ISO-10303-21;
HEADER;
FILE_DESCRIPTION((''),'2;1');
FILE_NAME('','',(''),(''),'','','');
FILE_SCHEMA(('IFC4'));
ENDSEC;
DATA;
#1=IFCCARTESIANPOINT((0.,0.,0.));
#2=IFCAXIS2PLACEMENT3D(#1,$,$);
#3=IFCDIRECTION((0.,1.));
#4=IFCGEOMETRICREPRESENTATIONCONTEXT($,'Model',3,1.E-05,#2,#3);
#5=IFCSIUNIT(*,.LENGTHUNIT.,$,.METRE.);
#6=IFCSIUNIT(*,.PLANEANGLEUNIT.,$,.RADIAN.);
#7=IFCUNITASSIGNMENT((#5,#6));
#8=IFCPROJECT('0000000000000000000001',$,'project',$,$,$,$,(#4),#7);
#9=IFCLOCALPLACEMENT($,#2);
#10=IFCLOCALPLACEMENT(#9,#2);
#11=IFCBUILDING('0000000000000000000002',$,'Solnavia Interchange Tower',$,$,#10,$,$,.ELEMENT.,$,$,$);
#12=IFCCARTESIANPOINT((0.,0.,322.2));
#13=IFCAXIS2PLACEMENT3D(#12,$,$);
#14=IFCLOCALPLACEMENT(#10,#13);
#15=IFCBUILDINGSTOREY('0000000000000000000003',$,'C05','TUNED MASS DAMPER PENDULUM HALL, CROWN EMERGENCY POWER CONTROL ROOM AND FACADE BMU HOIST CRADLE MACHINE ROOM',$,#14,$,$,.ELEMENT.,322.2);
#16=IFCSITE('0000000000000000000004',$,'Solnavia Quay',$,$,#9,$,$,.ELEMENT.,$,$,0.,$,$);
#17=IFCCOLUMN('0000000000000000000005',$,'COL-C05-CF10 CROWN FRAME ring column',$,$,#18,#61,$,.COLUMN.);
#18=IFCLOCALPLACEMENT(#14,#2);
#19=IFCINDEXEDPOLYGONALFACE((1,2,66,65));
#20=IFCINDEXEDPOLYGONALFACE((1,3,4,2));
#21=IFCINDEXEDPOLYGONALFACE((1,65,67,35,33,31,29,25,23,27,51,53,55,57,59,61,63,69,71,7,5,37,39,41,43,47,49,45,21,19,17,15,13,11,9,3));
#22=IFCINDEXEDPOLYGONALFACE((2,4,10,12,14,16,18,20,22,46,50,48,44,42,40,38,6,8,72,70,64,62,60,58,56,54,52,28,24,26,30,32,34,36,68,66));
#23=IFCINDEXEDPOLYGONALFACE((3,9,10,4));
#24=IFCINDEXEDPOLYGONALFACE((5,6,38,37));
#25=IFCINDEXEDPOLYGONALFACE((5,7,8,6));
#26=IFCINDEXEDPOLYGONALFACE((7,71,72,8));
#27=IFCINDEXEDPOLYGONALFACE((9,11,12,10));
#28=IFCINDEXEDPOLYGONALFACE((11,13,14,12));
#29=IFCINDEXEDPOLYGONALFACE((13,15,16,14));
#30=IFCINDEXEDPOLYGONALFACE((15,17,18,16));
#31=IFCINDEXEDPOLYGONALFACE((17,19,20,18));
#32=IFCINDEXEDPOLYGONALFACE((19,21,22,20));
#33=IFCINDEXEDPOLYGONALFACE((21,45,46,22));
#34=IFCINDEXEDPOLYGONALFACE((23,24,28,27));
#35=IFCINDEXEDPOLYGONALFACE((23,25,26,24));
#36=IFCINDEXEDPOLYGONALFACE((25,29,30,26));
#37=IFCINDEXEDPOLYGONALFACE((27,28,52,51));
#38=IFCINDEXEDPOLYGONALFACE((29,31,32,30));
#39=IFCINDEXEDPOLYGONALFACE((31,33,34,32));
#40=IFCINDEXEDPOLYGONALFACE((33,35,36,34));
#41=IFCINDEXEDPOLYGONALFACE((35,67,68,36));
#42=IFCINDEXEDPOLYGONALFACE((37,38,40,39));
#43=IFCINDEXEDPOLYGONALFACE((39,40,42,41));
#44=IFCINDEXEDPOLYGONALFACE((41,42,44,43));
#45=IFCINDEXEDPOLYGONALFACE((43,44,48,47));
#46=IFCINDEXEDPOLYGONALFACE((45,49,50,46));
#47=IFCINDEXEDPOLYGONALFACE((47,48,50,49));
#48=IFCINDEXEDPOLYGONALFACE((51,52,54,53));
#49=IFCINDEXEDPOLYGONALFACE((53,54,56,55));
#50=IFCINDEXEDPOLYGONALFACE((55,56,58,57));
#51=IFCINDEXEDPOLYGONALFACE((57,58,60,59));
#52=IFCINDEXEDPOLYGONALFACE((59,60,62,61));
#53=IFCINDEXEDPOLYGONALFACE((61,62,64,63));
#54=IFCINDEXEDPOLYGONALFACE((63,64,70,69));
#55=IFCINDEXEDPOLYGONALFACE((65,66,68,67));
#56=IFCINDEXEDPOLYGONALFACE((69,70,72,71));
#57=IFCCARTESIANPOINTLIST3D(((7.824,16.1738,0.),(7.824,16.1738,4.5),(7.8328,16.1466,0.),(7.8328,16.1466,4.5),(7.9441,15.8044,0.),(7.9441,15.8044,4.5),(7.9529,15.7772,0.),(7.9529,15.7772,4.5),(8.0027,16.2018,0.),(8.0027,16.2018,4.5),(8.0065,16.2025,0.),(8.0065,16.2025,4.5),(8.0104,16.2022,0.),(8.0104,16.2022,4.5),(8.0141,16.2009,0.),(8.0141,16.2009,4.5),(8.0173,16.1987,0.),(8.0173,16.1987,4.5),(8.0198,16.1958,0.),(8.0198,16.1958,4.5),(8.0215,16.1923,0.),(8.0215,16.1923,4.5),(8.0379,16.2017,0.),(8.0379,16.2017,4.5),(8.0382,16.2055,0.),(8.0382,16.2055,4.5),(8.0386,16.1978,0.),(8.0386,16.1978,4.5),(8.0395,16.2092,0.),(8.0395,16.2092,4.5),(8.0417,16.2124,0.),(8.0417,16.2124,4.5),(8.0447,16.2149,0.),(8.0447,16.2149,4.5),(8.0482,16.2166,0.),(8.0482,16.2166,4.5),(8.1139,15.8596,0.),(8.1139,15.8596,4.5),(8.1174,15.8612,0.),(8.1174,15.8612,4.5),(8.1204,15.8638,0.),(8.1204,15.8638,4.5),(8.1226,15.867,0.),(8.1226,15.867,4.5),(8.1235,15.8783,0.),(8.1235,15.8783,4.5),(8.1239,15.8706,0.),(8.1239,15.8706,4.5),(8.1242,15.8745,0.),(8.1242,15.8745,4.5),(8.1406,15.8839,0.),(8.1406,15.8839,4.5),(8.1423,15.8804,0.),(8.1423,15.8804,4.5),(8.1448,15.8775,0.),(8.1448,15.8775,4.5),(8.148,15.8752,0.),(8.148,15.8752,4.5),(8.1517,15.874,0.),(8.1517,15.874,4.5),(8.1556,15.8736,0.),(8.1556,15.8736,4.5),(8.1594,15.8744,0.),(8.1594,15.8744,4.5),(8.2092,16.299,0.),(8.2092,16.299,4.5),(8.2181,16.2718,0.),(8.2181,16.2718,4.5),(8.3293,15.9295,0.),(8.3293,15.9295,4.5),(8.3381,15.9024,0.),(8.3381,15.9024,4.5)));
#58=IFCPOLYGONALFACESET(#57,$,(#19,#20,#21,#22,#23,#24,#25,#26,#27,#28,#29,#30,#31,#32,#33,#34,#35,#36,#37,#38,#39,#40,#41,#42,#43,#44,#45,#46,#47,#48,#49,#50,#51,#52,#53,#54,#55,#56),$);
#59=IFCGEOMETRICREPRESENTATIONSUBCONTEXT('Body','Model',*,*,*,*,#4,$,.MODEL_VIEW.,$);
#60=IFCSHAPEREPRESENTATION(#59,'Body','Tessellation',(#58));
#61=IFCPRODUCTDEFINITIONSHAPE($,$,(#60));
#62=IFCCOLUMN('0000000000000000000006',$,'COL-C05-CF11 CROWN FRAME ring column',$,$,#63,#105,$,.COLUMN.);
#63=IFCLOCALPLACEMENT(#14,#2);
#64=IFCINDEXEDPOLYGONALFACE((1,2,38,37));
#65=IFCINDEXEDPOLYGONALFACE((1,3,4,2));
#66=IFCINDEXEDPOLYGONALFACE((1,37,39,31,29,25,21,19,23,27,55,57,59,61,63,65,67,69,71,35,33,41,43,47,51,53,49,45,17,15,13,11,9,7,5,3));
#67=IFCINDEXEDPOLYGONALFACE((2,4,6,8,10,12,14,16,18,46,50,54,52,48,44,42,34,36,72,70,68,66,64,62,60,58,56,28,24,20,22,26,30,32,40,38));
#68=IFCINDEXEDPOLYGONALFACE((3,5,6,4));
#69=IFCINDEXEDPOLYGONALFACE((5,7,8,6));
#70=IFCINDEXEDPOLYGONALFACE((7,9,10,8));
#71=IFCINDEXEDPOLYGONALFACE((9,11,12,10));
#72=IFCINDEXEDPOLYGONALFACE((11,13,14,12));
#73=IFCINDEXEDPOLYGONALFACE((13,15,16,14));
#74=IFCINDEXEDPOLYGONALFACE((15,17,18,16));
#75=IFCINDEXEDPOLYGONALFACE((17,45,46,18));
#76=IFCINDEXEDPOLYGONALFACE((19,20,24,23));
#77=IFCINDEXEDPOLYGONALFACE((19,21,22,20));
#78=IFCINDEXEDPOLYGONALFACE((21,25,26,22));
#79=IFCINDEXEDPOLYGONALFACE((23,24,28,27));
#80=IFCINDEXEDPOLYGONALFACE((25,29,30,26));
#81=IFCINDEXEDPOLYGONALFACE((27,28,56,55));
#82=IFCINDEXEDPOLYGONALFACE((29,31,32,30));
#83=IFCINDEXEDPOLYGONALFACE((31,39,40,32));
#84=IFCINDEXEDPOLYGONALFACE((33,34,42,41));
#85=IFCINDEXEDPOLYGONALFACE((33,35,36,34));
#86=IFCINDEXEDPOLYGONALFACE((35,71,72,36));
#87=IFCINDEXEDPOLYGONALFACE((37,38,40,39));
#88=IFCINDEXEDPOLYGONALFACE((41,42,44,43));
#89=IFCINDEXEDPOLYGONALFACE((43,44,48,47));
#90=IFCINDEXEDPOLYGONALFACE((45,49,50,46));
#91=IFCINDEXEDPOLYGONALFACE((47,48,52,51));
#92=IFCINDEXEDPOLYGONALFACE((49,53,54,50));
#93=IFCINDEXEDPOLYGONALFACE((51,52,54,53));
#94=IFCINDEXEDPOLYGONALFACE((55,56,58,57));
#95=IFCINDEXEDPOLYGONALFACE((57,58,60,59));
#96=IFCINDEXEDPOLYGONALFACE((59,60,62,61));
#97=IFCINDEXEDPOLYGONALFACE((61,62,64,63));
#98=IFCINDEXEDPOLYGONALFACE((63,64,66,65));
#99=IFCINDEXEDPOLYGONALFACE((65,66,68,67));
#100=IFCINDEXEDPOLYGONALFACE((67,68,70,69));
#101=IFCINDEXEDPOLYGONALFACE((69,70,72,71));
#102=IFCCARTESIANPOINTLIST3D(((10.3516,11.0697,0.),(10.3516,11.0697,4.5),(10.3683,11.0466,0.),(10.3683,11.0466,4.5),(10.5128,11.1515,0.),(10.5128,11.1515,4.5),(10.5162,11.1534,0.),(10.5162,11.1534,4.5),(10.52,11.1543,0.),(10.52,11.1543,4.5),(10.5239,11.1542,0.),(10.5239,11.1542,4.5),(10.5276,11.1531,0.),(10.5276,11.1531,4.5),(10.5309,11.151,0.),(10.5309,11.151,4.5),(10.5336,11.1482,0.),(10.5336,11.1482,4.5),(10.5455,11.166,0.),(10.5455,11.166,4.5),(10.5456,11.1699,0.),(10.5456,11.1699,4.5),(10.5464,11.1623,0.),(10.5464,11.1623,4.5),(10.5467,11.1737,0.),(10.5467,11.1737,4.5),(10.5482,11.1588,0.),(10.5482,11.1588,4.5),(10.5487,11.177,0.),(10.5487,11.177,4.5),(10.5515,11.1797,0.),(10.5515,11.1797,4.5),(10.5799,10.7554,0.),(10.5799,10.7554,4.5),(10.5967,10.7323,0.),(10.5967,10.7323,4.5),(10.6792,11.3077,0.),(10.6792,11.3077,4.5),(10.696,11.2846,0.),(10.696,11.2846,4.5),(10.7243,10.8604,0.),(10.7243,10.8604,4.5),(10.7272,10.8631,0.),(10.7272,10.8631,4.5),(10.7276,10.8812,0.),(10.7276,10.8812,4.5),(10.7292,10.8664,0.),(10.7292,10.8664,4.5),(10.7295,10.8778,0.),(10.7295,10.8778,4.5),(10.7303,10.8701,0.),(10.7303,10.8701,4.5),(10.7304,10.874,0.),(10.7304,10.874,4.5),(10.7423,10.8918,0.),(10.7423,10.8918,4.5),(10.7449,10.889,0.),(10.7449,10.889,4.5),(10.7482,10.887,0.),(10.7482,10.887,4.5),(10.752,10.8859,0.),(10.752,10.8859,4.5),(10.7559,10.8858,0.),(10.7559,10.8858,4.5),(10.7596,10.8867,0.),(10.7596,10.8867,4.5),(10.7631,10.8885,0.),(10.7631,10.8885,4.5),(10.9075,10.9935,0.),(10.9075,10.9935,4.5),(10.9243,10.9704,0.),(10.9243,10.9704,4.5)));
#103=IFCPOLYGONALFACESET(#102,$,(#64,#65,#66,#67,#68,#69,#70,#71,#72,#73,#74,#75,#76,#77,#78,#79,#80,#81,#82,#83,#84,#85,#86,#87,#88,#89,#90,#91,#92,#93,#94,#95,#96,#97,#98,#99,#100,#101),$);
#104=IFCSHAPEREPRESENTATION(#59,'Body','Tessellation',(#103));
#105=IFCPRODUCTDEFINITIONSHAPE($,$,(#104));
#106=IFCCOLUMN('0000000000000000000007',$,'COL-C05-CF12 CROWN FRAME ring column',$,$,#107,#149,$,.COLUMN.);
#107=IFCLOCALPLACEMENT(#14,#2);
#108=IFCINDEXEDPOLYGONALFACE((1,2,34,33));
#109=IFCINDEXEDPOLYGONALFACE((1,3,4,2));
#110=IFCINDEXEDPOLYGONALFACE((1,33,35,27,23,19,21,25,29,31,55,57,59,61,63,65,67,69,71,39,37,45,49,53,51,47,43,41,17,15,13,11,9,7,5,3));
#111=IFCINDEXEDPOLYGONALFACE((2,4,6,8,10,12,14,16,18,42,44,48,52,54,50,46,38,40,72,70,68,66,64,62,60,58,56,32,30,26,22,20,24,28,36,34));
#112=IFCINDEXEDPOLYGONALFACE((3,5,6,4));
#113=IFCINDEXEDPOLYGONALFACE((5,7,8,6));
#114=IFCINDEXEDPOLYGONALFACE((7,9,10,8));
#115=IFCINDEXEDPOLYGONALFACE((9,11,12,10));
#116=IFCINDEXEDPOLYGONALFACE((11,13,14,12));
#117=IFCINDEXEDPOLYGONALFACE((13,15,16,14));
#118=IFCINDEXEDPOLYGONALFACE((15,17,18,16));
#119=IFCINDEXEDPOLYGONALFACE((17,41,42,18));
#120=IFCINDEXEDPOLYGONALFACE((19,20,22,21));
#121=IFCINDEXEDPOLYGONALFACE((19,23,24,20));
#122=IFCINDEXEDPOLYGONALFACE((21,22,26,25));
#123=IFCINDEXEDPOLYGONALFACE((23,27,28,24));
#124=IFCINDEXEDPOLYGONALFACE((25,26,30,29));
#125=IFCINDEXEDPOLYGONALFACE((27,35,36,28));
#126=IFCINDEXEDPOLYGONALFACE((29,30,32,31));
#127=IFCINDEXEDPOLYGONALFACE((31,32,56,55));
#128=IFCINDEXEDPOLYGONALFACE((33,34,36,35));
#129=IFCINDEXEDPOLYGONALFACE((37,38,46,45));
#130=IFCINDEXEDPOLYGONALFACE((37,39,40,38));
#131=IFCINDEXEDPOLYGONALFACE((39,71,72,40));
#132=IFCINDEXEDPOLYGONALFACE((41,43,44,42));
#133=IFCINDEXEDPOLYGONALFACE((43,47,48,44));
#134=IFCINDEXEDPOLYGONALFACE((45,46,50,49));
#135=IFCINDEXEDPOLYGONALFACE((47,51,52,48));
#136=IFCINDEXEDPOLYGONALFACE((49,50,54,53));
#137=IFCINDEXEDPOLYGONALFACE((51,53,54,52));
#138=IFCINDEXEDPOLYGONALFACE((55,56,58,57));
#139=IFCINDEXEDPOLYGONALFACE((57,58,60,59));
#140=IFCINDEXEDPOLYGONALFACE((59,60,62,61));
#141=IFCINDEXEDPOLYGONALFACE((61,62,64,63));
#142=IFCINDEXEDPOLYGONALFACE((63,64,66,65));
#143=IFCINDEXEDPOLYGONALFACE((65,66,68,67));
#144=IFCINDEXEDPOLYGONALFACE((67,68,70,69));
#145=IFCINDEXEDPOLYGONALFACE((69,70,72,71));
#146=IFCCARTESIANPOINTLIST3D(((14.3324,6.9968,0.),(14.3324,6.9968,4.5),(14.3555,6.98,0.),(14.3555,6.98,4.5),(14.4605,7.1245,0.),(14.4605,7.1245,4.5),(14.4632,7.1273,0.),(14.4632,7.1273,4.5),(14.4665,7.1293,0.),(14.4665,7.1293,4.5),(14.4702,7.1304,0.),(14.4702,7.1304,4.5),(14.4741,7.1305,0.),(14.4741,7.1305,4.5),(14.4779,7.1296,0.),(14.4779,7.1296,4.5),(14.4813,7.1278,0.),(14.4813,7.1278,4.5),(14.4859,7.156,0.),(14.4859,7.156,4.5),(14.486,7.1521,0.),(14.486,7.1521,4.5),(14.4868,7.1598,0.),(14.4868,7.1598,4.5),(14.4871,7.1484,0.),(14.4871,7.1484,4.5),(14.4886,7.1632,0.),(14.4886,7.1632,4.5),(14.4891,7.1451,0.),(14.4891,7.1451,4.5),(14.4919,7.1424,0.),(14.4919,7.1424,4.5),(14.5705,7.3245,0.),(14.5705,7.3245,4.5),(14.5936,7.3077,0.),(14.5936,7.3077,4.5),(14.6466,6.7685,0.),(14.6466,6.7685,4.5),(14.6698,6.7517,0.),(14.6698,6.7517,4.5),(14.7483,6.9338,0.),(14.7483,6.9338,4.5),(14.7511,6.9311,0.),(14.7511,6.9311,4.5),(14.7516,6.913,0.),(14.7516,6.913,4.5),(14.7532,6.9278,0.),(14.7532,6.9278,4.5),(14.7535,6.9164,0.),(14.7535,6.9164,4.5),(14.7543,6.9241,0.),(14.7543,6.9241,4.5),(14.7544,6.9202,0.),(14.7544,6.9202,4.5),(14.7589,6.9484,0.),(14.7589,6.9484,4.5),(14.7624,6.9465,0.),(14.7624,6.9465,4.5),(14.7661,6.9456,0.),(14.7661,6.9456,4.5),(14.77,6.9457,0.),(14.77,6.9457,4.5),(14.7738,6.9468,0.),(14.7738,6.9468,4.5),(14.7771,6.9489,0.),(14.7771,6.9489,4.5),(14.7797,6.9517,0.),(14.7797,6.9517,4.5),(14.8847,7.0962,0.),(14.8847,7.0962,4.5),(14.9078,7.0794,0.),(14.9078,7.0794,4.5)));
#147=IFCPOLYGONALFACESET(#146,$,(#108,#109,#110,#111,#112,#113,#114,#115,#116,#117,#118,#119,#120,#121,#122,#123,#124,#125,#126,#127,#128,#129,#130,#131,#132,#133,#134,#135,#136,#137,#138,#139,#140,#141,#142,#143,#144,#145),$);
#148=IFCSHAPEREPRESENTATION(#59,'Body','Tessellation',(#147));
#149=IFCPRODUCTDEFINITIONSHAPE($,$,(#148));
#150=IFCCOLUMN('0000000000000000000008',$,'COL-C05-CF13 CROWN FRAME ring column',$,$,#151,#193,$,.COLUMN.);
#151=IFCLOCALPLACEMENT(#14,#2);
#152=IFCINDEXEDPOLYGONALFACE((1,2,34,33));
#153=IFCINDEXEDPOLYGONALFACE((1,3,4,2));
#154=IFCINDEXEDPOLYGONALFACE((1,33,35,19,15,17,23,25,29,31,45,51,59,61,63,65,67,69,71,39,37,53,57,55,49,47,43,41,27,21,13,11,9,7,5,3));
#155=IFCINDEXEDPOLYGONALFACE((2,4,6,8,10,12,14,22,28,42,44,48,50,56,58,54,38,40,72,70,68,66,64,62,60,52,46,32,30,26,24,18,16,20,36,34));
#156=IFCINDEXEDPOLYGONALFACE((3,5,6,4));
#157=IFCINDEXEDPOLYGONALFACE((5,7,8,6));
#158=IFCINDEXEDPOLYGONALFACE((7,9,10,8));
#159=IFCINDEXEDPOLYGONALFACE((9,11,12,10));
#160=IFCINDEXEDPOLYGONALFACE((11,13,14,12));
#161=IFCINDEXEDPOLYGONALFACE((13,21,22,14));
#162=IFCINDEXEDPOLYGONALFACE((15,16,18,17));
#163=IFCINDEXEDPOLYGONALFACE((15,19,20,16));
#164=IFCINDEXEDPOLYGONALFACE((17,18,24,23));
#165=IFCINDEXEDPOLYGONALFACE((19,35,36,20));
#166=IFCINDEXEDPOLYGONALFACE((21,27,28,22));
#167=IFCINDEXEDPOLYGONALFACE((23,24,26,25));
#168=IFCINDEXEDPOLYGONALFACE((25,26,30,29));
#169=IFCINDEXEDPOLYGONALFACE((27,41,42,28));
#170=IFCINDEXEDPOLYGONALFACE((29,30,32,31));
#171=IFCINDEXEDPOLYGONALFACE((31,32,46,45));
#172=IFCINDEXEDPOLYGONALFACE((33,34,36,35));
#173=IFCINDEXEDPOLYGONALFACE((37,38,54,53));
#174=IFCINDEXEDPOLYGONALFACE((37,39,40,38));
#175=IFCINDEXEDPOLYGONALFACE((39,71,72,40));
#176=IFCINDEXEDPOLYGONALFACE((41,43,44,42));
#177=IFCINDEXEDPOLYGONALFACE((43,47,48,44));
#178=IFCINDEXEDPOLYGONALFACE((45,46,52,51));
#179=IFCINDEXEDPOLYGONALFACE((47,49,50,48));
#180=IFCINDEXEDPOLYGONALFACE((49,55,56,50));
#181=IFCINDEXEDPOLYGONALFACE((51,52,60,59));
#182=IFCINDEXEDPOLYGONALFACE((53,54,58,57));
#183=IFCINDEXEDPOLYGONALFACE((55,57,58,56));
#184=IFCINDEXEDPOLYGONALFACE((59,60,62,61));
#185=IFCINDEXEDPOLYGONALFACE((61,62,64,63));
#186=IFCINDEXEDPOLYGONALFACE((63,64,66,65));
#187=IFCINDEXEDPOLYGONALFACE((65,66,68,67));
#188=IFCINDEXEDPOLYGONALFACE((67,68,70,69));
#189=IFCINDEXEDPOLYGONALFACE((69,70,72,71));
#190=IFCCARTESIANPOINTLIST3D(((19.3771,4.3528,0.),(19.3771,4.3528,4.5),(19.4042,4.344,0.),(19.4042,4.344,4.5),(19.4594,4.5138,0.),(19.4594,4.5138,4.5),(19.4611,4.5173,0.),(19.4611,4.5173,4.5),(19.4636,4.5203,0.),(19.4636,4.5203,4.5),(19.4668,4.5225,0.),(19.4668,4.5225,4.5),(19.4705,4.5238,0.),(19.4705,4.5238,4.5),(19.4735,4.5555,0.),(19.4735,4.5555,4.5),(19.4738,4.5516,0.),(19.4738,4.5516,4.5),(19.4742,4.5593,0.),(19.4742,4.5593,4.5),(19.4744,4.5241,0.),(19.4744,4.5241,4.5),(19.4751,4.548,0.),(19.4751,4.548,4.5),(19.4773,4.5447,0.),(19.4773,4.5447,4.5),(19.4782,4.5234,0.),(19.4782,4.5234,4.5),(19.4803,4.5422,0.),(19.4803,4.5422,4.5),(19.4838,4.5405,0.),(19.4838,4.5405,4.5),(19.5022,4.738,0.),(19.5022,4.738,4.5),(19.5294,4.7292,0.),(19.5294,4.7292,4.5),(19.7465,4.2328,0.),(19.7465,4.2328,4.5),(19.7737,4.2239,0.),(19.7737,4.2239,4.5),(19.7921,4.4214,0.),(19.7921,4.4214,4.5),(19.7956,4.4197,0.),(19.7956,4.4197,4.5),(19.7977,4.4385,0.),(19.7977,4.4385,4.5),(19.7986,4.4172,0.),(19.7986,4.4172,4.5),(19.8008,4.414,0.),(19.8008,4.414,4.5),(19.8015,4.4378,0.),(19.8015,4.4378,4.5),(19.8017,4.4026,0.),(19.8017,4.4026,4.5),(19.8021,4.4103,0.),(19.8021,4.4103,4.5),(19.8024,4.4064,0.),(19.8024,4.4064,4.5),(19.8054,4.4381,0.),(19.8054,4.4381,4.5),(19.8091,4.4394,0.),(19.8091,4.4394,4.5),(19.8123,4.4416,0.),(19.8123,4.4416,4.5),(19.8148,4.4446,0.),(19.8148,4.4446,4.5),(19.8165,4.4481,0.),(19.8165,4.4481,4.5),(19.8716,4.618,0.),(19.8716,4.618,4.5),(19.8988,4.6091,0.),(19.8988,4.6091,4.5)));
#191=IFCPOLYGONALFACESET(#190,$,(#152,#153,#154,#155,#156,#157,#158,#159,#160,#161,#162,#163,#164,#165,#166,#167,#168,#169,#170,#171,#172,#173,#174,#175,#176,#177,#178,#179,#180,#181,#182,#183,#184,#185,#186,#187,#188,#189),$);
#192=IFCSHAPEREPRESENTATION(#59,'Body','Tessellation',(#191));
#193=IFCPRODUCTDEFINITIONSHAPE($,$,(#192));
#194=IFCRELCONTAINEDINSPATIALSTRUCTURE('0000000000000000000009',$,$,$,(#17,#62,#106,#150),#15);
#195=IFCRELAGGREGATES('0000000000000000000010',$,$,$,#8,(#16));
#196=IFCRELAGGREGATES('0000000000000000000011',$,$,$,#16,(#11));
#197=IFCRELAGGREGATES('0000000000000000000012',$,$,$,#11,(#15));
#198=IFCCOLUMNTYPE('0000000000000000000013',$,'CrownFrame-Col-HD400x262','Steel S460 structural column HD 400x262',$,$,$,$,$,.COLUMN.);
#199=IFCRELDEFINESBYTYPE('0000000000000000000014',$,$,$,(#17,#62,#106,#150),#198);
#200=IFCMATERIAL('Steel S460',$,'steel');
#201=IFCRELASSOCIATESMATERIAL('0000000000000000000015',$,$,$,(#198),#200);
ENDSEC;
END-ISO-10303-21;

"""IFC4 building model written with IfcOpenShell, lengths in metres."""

from ifc_helpers import new_model, si_unit, direction, frame, origin, origin_2d, place, context, subcontext, project, spatial, i_section, extrude, material, material_profile, profile_set, type_object, element, save


model = new_model("IFC4")

# Units and contexts
model_context = context("Model", 3, precision=1e-05, world=origin(), true_north=direction((0.0, 1.0)))
body_context = subcontext(model_context, "Body", "Model", "MODEL_VIEW")
ifc_project = project(units=[si_unit("LENGTHUNIT", "METRE"), si_unit("PLANEANGLEUNIT", "RADIAN")], contexts=[model_context])

# Site, building, storey
site_placement = place(None, origin())
site = spatial("IfcSite", under=ifc_project, at=site_placement, Name="Solnavia Quay", CompositionType="ELEMENT", RefElevation=0.0)
building_placement = place(site_placement, origin())
building = spatial("IfcBuilding", under=site, at=building_placement, Name="Solnavia Interchange Tower", CompositionType="ELEMENT")
storey_placement = place(building_placement, frame((0.0, 0.0, 322.2)))
storey = spatial("IfcBuildingStorey", under=building, at=storey_placement, Name="C05", Description="TUNED MASS DAMPER PENDULUM HALL, CROWN EMERGENCY POWER CONTROL ROOM AND FACADE BMU HOIST CRADLE MACHINE ROOM", CompositionType="ELEMENT", Elevation=322.2)

# Columns
ifc_material_1 = material(Name="Steel S460", Category="steel")
ifc_material_profile_1 = material_profile(ifc_material_1, i_section(OverallWidth=0.405, OverallDepth=0.417, WebThickness=0.0181, FlangeThickness=0.0286, FilletRadius=0.0149, at=origin_2d()), Name="HD 400x262")
ifc_profile_set_1 = profile_set([ifc_material_profile_1], Name="Steel S460")
column_type = type_object("IfcColumnType", Name="CrownFrame-Col-HD400x262", Description="Steel S460 structural column HD 400x262", PredefinedType="COLUMN", material=ifc_profile_set_1)
for number, where, z_axis, x_axis, name in (
    (1, (8.0811, 16.0381, 0.0), (0.0, 0.0, 1.0), (-0.951057, -0.309017, 0.0), "COL-C05-CF10 CROWN FRAME ring column"),
    (2, (10.6379, 11.02, 0.0), (0.0, 0.0, 1.0), (-0.809017, -0.587785, 0.0), "COL-C05-CF11 CROWN FRAME ring column"),
    (3, (14.6201, 7.0381, 0.0), (0.0, 0.0, 1.0), (-0.587785, -0.809017, 0.0), "COL-C05-CF12 CROWN FRAME ring column"),
    (4, (19.6379, 4.481, 0.0), (0.0, 0.0, 1.0), (-0.309017, -0.951057, 0.0), "COL-C05-CF13 CROWN FRAME ring column"),
):
    element("IfcColumn", number, at=place(storey_placement, frame(where, z_axis=z_axis, x_axis=x_axis)), inside=storey, type_object=column_type, Name=name, PredefinedType="COLUMN", context=body_context, shape_type="SweptSolid", body=[
        extrude(i_section(OverallWidth=0.405, OverallDepth=0.417, WebThickness=0.0181, FlangeThickness=0.0286, FilletRadius=0.0149, at=origin_2d()), origin(), (0.0, 0.0, 1.0), 4.5),
    ])

save(model, "model.ifc")
